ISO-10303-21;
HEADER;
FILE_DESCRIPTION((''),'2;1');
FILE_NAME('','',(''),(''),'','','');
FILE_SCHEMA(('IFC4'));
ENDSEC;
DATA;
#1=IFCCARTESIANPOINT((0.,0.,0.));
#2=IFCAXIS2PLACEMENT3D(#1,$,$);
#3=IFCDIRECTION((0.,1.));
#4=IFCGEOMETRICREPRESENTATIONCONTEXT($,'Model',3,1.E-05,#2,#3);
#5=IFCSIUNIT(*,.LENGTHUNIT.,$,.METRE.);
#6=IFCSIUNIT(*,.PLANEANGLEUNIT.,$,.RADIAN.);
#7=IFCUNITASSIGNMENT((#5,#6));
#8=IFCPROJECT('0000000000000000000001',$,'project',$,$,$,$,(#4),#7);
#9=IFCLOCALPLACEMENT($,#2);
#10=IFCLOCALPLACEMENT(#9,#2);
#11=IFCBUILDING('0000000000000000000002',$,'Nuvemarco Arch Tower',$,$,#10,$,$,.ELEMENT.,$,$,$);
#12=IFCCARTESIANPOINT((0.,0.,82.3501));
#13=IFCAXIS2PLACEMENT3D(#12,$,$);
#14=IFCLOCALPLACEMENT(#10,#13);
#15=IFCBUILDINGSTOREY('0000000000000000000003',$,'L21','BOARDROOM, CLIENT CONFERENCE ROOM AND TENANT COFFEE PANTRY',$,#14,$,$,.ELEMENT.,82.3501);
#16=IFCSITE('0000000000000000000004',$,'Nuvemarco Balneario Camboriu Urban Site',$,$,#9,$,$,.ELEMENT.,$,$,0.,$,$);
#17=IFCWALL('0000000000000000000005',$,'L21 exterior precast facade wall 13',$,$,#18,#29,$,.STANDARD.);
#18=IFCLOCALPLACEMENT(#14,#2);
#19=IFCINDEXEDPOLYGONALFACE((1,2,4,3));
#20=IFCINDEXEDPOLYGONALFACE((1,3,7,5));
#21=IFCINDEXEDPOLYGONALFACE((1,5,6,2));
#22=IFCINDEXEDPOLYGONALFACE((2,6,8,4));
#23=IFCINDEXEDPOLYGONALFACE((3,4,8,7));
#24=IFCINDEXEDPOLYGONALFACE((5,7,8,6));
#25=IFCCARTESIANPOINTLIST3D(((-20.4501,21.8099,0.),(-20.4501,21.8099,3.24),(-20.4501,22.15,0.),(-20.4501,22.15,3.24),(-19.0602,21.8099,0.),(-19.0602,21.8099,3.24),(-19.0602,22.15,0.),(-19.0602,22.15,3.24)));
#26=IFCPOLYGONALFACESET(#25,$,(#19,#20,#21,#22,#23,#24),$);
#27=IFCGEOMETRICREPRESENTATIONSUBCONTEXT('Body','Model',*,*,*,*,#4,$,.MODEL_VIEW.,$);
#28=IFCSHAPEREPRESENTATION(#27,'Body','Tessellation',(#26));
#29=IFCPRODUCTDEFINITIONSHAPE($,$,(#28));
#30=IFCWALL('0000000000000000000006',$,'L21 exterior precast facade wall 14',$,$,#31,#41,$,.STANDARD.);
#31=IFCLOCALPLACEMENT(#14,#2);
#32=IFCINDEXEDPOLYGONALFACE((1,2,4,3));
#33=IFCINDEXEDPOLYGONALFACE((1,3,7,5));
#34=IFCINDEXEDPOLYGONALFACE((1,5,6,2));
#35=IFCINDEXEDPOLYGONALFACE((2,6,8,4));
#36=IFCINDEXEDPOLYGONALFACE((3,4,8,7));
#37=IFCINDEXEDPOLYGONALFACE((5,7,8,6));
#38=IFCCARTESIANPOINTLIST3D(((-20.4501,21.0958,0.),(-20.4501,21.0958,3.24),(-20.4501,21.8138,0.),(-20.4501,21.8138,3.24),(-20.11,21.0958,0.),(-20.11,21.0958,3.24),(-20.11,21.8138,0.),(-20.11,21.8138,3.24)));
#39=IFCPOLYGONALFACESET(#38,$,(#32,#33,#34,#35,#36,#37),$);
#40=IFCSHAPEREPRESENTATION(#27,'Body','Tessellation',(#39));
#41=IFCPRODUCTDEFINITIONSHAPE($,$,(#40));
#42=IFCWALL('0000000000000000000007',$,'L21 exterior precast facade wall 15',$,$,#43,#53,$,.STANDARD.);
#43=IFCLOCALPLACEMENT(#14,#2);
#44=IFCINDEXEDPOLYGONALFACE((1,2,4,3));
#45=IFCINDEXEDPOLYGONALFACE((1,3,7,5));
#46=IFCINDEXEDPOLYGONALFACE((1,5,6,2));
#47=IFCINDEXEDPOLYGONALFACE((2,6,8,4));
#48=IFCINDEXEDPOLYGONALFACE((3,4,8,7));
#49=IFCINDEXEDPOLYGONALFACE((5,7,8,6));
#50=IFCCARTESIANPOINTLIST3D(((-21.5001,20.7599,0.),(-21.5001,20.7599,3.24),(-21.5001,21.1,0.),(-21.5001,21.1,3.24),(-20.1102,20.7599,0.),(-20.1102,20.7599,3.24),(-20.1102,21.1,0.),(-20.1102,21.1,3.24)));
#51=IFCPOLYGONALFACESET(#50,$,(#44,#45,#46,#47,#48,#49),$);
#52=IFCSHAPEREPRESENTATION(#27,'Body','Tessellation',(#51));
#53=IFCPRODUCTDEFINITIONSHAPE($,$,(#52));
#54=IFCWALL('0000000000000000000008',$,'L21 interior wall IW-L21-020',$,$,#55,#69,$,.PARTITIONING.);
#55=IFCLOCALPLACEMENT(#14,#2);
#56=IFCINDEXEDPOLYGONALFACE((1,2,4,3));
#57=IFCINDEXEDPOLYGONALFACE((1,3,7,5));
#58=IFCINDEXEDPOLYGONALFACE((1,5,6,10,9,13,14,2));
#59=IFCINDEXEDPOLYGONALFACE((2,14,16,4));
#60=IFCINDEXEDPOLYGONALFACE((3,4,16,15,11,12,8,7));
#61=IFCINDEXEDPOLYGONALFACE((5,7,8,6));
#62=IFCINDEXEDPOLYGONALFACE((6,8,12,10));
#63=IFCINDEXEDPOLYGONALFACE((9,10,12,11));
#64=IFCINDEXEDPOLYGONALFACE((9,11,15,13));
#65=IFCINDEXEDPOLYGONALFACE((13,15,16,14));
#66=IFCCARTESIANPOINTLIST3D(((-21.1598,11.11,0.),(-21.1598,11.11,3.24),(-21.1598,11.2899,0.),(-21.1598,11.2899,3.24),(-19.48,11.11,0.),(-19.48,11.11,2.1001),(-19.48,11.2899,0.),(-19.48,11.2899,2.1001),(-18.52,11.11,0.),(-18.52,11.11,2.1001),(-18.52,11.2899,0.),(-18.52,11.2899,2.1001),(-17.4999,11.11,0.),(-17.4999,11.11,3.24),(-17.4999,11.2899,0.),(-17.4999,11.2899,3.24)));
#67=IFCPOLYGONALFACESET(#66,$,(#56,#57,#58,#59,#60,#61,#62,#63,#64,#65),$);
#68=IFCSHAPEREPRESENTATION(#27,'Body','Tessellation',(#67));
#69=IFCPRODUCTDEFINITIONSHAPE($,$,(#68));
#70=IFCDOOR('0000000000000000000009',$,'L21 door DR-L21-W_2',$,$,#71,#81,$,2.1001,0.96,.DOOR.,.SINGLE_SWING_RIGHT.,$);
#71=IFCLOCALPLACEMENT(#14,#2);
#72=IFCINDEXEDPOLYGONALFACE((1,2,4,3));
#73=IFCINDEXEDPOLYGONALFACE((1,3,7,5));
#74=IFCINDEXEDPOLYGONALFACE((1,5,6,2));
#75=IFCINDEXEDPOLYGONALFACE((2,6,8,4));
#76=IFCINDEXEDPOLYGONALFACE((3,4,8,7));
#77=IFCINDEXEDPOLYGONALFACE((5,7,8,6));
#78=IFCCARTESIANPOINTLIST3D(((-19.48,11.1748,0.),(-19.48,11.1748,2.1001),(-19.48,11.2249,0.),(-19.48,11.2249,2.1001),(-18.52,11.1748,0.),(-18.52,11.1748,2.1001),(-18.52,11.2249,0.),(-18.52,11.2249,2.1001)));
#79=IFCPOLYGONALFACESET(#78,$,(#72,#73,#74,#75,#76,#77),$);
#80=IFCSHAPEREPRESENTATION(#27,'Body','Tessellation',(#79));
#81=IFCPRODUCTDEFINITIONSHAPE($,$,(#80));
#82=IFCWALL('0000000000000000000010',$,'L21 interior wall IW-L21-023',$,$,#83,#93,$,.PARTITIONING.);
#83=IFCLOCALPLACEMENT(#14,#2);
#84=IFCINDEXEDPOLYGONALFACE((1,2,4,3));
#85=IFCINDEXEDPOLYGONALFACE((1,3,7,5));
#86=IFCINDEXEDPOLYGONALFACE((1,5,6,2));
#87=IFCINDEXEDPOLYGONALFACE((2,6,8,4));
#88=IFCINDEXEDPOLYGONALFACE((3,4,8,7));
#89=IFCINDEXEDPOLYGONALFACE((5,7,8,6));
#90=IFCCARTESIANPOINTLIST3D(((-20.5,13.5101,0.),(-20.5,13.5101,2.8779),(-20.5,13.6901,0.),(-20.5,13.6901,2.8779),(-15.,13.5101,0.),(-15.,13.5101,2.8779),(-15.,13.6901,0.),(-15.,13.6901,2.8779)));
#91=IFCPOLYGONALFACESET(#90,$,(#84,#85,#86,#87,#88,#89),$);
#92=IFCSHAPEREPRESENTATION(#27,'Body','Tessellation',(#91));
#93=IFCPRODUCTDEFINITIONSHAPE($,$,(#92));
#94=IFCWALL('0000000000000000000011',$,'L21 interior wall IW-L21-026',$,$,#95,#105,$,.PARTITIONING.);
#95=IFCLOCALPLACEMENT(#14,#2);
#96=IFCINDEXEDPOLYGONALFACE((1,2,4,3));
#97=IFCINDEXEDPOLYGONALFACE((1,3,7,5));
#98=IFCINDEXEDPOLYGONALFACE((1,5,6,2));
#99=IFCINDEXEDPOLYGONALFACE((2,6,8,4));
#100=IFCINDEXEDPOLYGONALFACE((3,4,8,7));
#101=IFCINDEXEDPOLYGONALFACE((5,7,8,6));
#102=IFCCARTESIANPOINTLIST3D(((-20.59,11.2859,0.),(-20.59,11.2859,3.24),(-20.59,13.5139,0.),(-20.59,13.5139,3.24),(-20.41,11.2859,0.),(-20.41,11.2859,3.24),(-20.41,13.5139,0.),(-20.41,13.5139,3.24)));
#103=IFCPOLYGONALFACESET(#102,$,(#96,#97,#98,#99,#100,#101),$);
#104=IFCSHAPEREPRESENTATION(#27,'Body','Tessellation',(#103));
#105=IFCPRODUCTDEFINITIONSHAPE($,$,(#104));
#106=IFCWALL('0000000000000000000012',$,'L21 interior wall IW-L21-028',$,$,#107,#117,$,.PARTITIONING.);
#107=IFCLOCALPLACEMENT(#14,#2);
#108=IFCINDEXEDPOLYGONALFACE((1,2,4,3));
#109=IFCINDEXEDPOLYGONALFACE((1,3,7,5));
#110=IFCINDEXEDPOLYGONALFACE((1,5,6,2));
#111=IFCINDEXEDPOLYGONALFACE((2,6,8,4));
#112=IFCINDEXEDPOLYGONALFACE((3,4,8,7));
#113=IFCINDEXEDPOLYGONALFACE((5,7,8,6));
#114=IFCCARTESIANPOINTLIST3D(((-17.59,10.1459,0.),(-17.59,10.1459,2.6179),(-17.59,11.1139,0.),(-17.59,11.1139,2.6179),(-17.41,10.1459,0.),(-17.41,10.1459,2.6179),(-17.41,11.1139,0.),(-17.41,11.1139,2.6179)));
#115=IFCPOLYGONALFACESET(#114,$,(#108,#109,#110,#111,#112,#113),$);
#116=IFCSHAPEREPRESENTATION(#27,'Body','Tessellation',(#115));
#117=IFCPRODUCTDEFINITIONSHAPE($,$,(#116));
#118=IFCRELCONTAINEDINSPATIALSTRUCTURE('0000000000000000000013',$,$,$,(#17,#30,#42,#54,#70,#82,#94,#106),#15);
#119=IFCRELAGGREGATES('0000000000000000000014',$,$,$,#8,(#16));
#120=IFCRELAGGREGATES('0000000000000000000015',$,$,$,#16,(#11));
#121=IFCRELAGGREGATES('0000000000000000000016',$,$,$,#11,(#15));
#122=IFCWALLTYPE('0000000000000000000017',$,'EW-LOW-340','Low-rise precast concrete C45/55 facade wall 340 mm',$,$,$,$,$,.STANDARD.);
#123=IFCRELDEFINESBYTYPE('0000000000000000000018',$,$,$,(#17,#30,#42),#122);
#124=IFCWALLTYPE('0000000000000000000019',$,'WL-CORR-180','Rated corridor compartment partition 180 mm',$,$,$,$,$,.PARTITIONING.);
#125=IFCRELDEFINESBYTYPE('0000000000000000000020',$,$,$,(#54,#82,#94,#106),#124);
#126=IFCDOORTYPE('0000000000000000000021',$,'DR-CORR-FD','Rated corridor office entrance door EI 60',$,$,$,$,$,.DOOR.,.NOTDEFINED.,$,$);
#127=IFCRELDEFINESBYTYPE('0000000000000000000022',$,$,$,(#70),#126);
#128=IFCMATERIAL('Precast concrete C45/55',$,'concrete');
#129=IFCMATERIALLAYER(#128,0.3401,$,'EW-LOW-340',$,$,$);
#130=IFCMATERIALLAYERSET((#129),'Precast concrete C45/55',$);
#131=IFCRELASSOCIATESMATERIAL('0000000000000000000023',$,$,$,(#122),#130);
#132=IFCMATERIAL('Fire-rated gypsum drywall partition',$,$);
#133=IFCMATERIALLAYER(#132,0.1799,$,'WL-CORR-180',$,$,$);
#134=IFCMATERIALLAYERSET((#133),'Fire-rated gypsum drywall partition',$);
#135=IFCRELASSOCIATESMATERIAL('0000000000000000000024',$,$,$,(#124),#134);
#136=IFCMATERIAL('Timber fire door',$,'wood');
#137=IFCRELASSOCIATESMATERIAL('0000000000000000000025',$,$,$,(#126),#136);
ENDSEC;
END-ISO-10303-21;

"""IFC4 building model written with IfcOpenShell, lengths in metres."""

from ifc_helpers import new_model, si_unit, direction, frame, frame_2d, origin, place, context, subcontext, project, spatial, rectangle, extrude, source, transform, mapped, material, layer, layer_set, type_object, type_shapes, element, fill, save


model = new_model("IFC4")

# Units and contexts
model_context = context("Model", 3, precision=1e-05, world=origin(), true_north=direction((0.0, 1.0)))
body_context = subcontext(model_context, "Body", "Model", "MODEL_VIEW")
ifc_project = project(units=[si_unit("LENGTHUNIT", "METRE"), si_unit("PLANEANGLEUNIT", "RADIAN")], contexts=[model_context])

# Site, building, storey
site_placement = place(None, origin())
site = spatial("IfcSite", under=ifc_project, at=site_placement, Name="Nuvemarco Balneario Camboriu Urban Site", CompositionType="ELEMENT", RefElevation=0.0)
building_placement = place(site_placement, origin())
building = spatial("IfcBuilding", under=site, at=building_placement, Name="Nuvemarco Arch Tower", CompositionType="ELEMENT")
storey_placement = place(building_placement, frame((0.0, 0.0, 82.3501)))
storey = spatial("IfcBuildingStorey", under=building, at=storey_placement, Name="L21", Description="BOARDROOM, CLIENT CONFERENCE ROOM AND TENANT COFFEE PANTRY", CompositionType="ELEMENT", Elevation=82.3501)

# Shared definitions
ifc_material_1 = material(Name="Precast concrete C45/55", Category="concrete")
ifc_layer_1 = layer(ifc_material_1, 0.3401, Name="EW-LOW-340")
ifc_layer_set_1 = layer_set([ifc_layer_1], Name="Precast concrete C45/55")
wall_type_1 = type_object("IfcWallType", Name="EW-LOW-340", Description="Low-rise precast concrete C45/55 facade wall 340 mm", PredefinedType="STANDARD", material=ifc_layer_set_1)

# Walls
wall_1_placement = place(storey_placement, frame((-20.45, 21.98, 0.0), z_axis=(0.0, 0.0, 1.0), x_axis=(1.0, 0.0, 0.0)))
element("IfcWall", 1, at=wall_1_placement, inside=storey, type_object=wall_type_1, Name="L21 exterior precast facade wall 13", PredefinedType="STANDARD", context=body_context, shape_type="SweptSolid", body=[
    extrude(rectangle(XDim=1.3899, YDim=0.3401, at=frame_2d((0.6948, 0.0))), origin(), (0.0, 0.0, 1.0), 3.24),
])
wall_2_placement = place(storey_placement, frame((-20.28, 21.0959, 0.0), z_axis=(0.0, 0.0, 1.0), x_axis=(0.0, 1.0, 0.0)))
element("IfcWall", 2, at=wall_2_placement, inside=storey, type_object=wall_type_1, Name="L21 exterior precast facade wall 14", PredefinedType="STANDARD", context=body_context, shape_type="SweptSolid", body=[
    extrude(rectangle(XDim=0.718, YDim=0.3401, at=frame_2d((0.3589, 0.0))), origin(), (0.0, 0.0, 1.0), 3.24),
])
wall_3_placement = place(storey_placement, frame((-21.5, 20.9299, 0.0), z_axis=(0.0, 0.0, 1.0), x_axis=(1.0, 0.0, 0.0)))
element("IfcWall", 3, at=wall_3_placement, inside=storey, type_object=wall_type_1, Name="L21 exterior precast facade wall 15", PredefinedType="STANDARD", context=body_context, shape_type="SweptSolid", body=[
    extrude(rectangle(XDim=1.3899, YDim=0.3401, at=frame_2d((0.6948, 0.0))), origin(), (0.0, 0.0, 1.0), 3.24),
])

# Wall, opening, door
ifc_material_2 = material(Name="Fire-rated gypsum drywall partition")
ifc_layer_2 = layer(ifc_material_2, 0.1799, Name="WL-CORR-180")
ifc_layer_set_2 = layer_set([ifc_layer_2], Name="Fire-rated gypsum drywall partition")
wall_type_2 = type_object("IfcWallType", Name="WL-CORR-180", Description="Rated corridor compartment partition 180 mm", PredefinedType="PARTITIONING", material=ifc_layer_set_2)
wall_4_placement = place(storey_placement, frame((-21.1599, 11.2, 0.0), z_axis=(0.0, 0.0, 1.0), x_axis=(1.0, 0.0, 0.0)))
wall_4 = element("IfcWall", 4, at=wall_4_placement, inside=storey, type_object=wall_type_2, Name="L21 interior wall IW-L21-020", PredefinedType="PARTITIONING", context=body_context, shape_type="SweptSolid", body=[
    extrude(rectangle(XDim=3.6599, YDim=0.1799, at=frame_2d((1.8301, 0.0))), origin(), (0.0, 0.0, 1.0), 3.24),
])
opening_1_placement = place(wall_4_placement, frame((1.6799, 0.0, 0.0)))
opening_1 = element("IfcOpeningElement", 5, at=opening_1_placement, cuts=wall_4, PredefinedType="OPENING", context=body_context, shape_type="SweptSolid", body=[
    extrude(rectangle(XDim=0.96, YDim=2.1001, at=frame_2d((0.48, 1.05))), frame((0.0, 0.0999, 0.0), z_axis=(0.0, -1.0, 0.0), x_axis=(1.0, 0.0, 0.0)), (0.0, 0.0, 1.0), 0.2),
])
ifc_material_3 = material(Name="Timber fire door", Category="wood")
door_type = type_object("IfcDoorType", Name="DR-CORR-FD", Description="Rated corridor office entrance door EI 60", OperationType="NOTDEFINED", PredefinedType="DOOR", material=ifc_material_3)
shared_shape_1 = source(origin(), body_context, "Body", "SweptSolid", [
    extrude(rectangle(XDim=0.96, YDim=2.1001, at=frame_2d((0.48, 1.05))), frame((0.0, 0.0249, 0.0), z_axis=(0.0, -1.0, 0.0), x_axis=(1.0, 0.0, 0.0)), (0.0, 0.0, 1.0), 0.05),
])
type_shapes(door_type, [shared_shape_1])
door_placement = place(opening_1_placement, origin())
door = element("IfcDoor", 6, at=door_placement, inside=storey, type_object=door_type, Name="L21 door DR-L21-W_2", OperationType="SINGLE_SWING_RIGHT", OverallHeight=2.1001, OverallWidth=0.96, PredefinedType="DOOR", context=body_context, shape_type="MappedRepresentation", body=[
    mapped(shared_shape_1, transform((0.0, 0.0, 0.0), scale=1.0)),
])
fill(opening_1, door)

# Walls
wall_5_placement = place(storey_placement, frame((-20.5, 13.6001, 0.0), z_axis=(0.0, 0.0, 1.0), x_axis=(1.0, 0.0, 0.0)))
element("IfcWall", 7, at=wall_5_placement, inside=storey, type_object=wall_type_2, Name="L21 interior wall IW-L21-023", PredefinedType="PARTITIONING", context=body_context, shape_type="SweptSolid", body=[
    extrude(rectangle(XDim=5.5, YDim=0.1799, at=frame_2d((2.75, 0.0))), origin(), (0.0, 0.0, 1.0), 2.8779),
])
wall_6_placement = place(storey_placement, frame((-20.5, 11.2859, 0.0), z_axis=(0.0, 0.0, 1.0), x_axis=(0.0, 1.0, 0.0)))
element("IfcWall", 8, at=wall_6_placement, inside=storey, type_object=wall_type_2, Name="L21 interior wall IW-L21-026", PredefinedType="PARTITIONING", context=body_context, shape_type="SweptSolid", body=[
    extrude(rectangle(XDim=2.228, YDim=0.1799, at=frame_2d((1.114, 0.0))), origin(), (0.0, 0.0, 1.0), 3.24),
])
wall_7_placement = place(storey_placement, frame((-17.5, 10.146, 0.0), z_axis=(0.0, 0.0, 1.0), x_axis=(0.0, 1.0, 0.0)))
element("IfcWall", 9, at=wall_7_placement, inside=storey, type_object=wall_type_2, Name="L21 interior wall IW-L21-028", PredefinedType="PARTITIONING", context=body_context, shape_type="SweptSolid", body=[
    extrude(rectangle(XDim=0.968, YDim=0.1799, at=frame_2d((0.4839, 0.0))), origin(), (0.0, 0.0, 1.0), 2.6179),
])

save(model, "model.ifc")
